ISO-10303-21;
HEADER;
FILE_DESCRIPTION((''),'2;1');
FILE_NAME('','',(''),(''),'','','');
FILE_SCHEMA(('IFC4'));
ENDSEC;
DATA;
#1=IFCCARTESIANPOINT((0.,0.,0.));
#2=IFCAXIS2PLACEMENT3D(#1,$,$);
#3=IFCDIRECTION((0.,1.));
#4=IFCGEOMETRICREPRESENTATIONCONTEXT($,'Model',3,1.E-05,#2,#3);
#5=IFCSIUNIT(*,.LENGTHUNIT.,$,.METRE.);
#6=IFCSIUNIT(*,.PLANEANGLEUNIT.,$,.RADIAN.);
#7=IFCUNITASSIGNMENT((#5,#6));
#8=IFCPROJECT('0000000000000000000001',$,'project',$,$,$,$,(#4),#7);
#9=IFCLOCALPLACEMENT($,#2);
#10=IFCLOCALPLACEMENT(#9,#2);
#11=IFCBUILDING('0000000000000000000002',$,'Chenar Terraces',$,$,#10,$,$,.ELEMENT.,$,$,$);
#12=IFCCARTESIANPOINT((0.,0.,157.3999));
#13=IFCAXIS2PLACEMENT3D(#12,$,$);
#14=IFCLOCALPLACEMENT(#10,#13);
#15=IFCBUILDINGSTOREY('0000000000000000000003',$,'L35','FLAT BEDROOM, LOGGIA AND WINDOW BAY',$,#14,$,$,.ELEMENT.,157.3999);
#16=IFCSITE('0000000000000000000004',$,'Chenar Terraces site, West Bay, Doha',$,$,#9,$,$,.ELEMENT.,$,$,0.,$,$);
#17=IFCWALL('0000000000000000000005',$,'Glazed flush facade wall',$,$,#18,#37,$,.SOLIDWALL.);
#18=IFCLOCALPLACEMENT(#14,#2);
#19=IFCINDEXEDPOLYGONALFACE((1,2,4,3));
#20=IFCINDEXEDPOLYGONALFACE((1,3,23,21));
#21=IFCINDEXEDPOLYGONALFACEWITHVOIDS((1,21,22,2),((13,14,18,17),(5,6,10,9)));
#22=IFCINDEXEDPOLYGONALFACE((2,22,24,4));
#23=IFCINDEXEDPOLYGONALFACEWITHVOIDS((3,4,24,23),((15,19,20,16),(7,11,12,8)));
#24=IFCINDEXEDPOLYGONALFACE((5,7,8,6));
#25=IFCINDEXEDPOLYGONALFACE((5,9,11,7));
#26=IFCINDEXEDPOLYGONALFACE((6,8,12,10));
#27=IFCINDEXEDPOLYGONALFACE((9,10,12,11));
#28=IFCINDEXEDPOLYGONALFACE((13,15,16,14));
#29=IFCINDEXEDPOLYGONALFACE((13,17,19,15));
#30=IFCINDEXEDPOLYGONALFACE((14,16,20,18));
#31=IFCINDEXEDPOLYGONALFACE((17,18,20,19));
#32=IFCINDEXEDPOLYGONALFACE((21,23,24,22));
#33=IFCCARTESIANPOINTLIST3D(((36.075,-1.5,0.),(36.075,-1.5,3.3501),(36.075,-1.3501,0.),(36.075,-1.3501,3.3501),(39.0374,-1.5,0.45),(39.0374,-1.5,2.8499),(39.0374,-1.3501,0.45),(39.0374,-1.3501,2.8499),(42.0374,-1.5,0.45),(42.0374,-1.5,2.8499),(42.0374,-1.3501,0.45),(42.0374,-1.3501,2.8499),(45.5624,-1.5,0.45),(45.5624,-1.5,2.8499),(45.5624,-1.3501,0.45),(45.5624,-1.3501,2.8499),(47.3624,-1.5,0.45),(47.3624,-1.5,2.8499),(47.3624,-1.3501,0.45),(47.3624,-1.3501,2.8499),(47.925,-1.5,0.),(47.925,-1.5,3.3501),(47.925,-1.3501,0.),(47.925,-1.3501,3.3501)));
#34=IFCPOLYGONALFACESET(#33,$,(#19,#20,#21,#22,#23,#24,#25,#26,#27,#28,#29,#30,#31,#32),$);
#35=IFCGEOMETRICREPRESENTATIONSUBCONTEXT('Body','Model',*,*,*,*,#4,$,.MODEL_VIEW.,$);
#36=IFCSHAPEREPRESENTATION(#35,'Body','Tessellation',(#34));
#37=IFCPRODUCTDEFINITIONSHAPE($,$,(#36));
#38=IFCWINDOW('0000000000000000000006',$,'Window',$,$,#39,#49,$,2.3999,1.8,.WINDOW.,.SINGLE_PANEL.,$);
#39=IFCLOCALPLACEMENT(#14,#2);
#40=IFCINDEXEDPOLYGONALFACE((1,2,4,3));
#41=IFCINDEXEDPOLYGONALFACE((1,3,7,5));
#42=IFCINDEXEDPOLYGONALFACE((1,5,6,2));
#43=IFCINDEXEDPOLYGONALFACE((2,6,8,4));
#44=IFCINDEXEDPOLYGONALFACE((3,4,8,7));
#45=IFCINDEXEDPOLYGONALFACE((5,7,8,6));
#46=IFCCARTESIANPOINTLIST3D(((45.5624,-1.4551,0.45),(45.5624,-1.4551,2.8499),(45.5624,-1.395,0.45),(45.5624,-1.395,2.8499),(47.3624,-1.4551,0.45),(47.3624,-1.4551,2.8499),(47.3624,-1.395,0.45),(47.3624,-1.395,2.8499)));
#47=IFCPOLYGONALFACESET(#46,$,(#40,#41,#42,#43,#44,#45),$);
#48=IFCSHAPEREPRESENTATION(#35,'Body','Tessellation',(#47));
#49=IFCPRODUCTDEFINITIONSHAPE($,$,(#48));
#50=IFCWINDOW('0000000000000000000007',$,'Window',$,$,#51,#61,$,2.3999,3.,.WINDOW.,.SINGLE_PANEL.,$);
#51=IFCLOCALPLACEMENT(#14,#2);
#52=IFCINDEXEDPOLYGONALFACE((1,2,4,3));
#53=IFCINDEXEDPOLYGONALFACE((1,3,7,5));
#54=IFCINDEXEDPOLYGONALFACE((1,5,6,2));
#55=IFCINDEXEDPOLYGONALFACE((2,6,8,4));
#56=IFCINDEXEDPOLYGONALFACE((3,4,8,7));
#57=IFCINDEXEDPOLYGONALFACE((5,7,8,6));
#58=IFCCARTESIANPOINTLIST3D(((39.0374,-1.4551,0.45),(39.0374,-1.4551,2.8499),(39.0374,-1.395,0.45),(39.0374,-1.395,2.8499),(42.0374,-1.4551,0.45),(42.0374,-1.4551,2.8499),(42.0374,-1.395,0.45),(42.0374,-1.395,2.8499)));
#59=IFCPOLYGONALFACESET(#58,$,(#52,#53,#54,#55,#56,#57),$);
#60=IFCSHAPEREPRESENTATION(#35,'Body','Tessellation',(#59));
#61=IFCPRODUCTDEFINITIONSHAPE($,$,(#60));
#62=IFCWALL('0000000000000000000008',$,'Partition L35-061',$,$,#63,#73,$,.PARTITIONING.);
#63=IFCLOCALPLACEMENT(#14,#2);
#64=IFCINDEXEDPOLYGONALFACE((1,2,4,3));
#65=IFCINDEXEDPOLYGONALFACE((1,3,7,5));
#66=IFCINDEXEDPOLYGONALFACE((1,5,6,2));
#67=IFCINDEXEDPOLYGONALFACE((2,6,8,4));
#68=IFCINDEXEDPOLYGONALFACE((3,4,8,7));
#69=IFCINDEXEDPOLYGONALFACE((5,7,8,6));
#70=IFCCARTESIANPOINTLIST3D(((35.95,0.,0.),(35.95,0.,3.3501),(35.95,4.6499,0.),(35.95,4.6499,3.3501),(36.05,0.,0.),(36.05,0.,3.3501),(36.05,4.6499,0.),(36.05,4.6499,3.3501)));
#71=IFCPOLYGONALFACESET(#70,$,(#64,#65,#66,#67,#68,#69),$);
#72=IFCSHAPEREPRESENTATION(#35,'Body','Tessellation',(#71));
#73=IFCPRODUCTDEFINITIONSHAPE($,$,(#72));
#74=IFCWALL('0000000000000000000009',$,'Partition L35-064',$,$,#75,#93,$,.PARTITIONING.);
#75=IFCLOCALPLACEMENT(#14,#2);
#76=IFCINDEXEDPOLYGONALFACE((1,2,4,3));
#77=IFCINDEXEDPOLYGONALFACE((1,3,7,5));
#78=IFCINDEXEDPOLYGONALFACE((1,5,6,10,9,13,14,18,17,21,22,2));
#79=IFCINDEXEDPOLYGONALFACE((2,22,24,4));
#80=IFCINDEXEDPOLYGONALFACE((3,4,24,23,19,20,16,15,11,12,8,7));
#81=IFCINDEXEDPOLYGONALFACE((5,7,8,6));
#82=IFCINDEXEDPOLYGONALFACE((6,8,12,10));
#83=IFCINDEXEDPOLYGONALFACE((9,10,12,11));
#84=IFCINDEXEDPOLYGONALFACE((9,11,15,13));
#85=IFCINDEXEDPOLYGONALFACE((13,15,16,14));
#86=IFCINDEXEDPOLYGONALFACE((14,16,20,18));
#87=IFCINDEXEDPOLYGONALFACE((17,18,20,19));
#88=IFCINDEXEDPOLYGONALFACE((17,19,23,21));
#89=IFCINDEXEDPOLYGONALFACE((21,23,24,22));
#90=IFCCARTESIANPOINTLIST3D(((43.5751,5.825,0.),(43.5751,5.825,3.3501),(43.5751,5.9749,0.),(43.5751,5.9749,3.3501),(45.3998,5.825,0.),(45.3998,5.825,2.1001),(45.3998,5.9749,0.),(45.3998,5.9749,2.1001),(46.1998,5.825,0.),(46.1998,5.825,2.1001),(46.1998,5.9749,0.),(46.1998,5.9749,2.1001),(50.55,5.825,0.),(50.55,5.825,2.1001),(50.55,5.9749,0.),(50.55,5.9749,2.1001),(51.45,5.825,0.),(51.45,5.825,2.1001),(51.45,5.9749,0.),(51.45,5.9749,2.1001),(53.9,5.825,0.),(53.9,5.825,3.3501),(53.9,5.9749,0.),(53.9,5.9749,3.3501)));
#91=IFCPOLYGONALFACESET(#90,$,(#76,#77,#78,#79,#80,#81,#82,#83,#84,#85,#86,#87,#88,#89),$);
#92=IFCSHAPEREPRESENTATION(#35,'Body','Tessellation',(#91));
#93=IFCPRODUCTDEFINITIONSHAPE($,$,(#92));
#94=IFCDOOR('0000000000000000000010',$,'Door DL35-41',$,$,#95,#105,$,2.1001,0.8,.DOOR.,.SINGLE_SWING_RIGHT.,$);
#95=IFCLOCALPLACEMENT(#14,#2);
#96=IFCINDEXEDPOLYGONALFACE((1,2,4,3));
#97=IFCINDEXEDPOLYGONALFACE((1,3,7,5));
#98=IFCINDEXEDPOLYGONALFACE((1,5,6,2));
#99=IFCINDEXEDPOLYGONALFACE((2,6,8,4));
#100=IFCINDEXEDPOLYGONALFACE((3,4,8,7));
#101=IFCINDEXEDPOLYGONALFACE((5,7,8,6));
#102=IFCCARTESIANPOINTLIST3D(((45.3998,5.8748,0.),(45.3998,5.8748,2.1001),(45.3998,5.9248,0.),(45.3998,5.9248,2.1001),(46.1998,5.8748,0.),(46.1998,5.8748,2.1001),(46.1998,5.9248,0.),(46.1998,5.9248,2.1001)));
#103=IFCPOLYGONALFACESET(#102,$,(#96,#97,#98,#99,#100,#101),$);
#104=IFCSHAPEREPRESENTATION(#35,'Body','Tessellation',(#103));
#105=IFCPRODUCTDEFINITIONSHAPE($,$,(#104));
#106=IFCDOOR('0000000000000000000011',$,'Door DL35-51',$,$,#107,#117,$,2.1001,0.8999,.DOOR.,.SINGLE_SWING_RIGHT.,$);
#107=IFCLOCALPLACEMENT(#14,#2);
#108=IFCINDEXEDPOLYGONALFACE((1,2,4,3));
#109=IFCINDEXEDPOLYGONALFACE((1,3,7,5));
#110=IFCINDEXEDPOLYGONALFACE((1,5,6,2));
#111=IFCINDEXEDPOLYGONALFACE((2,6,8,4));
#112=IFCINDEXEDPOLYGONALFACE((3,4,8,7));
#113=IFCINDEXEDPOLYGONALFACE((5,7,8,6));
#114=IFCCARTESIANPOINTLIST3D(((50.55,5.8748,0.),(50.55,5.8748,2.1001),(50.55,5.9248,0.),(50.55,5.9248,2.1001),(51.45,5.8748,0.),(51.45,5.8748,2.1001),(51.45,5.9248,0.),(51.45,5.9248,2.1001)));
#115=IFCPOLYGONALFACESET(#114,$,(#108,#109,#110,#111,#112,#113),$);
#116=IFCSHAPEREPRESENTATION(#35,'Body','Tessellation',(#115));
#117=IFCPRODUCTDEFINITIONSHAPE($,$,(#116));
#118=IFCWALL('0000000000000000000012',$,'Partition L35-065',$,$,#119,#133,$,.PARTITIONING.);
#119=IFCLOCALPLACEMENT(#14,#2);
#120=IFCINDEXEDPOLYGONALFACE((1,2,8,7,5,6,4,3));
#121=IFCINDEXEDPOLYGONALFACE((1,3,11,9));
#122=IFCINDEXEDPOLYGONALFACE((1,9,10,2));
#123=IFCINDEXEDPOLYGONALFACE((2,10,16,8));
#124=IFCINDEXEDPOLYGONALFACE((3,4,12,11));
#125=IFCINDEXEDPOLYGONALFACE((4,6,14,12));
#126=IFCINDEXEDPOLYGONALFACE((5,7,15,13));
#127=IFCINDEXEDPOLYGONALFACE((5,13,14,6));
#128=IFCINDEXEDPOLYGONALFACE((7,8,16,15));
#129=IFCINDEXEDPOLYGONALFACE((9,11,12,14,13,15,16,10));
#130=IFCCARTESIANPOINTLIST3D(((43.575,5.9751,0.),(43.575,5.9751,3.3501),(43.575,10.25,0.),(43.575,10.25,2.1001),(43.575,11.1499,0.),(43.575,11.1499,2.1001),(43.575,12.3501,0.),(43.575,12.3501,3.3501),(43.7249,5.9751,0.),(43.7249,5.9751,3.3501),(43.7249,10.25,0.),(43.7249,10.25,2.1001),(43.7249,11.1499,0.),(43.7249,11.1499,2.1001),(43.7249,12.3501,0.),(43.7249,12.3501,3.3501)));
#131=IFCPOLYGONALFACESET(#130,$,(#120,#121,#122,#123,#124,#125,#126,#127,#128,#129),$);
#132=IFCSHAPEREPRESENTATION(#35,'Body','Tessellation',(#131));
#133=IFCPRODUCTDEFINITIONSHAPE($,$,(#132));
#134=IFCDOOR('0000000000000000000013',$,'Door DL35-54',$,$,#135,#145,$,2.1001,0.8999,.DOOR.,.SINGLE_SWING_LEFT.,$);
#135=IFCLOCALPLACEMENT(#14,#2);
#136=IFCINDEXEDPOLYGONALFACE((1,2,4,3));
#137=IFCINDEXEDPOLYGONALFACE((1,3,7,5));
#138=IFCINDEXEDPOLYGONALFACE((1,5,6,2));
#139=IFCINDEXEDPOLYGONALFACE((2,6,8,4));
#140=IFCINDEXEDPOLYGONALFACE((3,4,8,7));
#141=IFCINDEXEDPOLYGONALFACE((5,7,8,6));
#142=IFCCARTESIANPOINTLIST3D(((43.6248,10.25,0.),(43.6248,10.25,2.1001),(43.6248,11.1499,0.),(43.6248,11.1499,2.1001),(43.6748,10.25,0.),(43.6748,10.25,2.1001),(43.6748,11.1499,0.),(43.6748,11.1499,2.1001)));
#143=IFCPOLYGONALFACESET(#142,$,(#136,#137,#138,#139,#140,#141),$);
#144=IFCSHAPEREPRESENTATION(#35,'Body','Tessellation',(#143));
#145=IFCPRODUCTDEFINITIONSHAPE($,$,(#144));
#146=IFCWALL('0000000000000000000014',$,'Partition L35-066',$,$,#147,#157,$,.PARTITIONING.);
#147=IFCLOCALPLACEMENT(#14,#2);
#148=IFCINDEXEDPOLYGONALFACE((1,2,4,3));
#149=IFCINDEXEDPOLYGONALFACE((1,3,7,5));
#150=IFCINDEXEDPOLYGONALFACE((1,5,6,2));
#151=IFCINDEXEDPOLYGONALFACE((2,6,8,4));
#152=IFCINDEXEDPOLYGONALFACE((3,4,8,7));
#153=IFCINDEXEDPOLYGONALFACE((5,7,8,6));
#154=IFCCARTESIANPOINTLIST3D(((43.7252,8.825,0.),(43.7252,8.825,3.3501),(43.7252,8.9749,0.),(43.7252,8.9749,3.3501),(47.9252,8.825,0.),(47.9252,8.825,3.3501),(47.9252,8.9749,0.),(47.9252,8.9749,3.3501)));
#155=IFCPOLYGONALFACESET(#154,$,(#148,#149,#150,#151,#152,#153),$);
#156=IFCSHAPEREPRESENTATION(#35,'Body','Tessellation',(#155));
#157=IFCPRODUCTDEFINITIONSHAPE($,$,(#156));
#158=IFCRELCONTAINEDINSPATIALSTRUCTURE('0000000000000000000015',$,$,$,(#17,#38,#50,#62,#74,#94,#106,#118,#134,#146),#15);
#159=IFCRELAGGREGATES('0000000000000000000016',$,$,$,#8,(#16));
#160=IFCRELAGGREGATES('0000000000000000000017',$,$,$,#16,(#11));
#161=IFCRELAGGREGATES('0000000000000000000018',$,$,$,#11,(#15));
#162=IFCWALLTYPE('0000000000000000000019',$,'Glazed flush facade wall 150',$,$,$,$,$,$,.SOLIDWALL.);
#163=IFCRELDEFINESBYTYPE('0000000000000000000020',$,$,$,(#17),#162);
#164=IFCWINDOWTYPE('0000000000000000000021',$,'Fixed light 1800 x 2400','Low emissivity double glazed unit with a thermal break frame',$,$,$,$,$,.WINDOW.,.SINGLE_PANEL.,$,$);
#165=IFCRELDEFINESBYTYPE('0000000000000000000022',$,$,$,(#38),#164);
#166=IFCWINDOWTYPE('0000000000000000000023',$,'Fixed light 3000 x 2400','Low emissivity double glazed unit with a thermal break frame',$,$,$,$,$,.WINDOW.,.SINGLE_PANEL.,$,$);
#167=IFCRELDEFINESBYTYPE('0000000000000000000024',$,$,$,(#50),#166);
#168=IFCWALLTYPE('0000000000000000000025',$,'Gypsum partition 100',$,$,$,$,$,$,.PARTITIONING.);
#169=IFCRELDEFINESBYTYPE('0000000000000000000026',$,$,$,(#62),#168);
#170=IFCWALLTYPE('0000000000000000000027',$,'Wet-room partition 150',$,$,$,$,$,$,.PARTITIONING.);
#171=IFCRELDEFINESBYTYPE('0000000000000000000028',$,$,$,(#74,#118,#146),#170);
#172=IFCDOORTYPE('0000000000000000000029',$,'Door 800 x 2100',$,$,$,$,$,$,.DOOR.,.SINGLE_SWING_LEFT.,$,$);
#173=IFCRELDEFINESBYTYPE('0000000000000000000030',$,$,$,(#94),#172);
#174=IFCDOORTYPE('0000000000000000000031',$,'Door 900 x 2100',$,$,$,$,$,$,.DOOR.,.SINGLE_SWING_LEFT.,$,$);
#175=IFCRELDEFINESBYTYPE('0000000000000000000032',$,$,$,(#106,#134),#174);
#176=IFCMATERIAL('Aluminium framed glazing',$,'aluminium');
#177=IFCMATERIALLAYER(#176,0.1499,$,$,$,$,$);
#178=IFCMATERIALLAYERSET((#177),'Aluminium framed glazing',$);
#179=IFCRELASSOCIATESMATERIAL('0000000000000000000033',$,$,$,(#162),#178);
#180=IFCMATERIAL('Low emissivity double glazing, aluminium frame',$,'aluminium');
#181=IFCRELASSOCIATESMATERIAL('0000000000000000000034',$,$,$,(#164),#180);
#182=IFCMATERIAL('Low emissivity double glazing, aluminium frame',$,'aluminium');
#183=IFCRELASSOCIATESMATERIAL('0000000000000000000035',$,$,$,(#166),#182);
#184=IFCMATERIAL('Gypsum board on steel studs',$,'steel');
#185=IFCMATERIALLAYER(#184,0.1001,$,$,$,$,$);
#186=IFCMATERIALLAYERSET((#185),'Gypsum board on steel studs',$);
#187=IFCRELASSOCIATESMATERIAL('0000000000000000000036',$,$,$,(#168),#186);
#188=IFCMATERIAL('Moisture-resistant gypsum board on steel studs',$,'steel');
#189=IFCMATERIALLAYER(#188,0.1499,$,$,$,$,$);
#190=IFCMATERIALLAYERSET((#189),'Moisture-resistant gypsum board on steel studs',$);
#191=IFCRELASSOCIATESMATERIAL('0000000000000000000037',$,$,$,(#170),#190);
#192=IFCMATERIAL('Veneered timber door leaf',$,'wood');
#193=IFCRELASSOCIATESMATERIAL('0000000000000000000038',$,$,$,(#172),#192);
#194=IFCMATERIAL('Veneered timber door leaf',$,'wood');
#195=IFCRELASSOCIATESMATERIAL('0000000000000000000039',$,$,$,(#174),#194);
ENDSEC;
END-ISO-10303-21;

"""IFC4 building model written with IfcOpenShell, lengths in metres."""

from ifc_helpers import new_model, si_unit, direction, frame, frame_2d, origin, place, context, subcontext, project, spatial, rectangle, extrude, material, layer, layer_set, type_object, element, fill, save


model = new_model("IFC4")

# Units and contexts
model_context = context("Model", 3, precision=1e-05, world=origin(), true_north=direction((0.0, 1.0)))
body_context = subcontext(model_context, "Body", "Model", "MODEL_VIEW")
ifc_project = project(units=[si_unit("LENGTHUNIT", "METRE"), si_unit("PLANEANGLEUNIT", "RADIAN")], contexts=[model_context])

# Site, building, storey
site_placement = place(None, origin())
site = spatial("IfcSite", under=ifc_project, at=site_placement, Name="Chenar Terraces site, West Bay, Doha", CompositionType="ELEMENT", RefElevation=0.0)
building_placement = place(site_placement, origin())
building = spatial("IfcBuilding", under=site, at=building_placement, Name="Chenar Terraces", CompositionType="ELEMENT")
storey_placement = place(building_placement, frame((0.0, 0.0, 157.3999)))
storey = spatial("IfcBuildingStorey", under=building, at=storey_placement, Name="L35", Description="FLAT BEDROOM, LOGGIA AND WINDOW BAY", CompositionType="ELEMENT", Elevation=157.3999)

# Wall, openings, windows
ifc_material_1 = material(Name="Aluminium framed glazing", Category="aluminium")
ifc_layer_1 = layer(ifc_material_1, 0.1499)
ifc_layer_set_1 = layer_set([ifc_layer_1], Name="Aluminium framed glazing")
wall_type_1 = type_object("IfcWallType", Name="Glazed flush facade wall 150", PredefinedType="SOLIDWALL", material=ifc_layer_set_1)
wall_1_placement = place(storey_placement, frame((36.075, -1.425, 0.0), z_axis=(0.0, 0.0, 1.0), x_axis=(1.0, 0.0, 0.0)))
wall_1 = element("IfcWall", 1, at=wall_1_placement, inside=storey, type_object=wall_type_1, Name="Glazed flush facade wall", PredefinedType="SOLIDWALL", context=body_context, shape_type="SweptSolid", body=[
    extrude(rectangle(XDim=11.8501, YDim=0.1499, at=frame_2d((5.925, 0.0))), origin(), (0.0, 0.0, 1.0), 3.3501),
])
opening_1_placement = place(wall_1_placement, frame((2.9624, 0.0, 0.45)))
opening_1 = element("IfcOpeningElement", 2, at=opening_1_placement, cuts=wall_1, PredefinedType="OPENING", context=body_context, shape_type="SweptSolid", body=[
    extrude(rectangle(XDim=3.0, YDim=2.3999, at=frame_2d((1.5, 1.2))), frame((0.0, 0.085, 0.0), z_axis=(0.0, -1.0, 0.0), x_axis=(1.0, 0.0, 0.0)), (0.0, 0.0, 1.0), 0.1699),
])
opening_2_placement = place(wall_1_placement, frame((9.4875, 0.0, 0.45)))
opening_2 = element("IfcOpeningElement", 3, at=opening_2_placement, cuts=wall_1, PredefinedType="OPENING", context=body_context, shape_type="SweptSolid", body=[
    extrude(rectangle(XDim=1.8, YDim=2.3999, at=frame_2d((0.8999, 1.2))), frame((0.0, 0.085, 0.0), z_axis=(0.0, -1.0, 0.0), x_axis=(1.0, 0.0, 0.0)), (0.0, 0.0, 1.0), 0.1699),
])
ifc_material_2 = material(Name="Low emissivity double glazing, aluminium frame", Category="aluminium")
window_type_1 = type_object("IfcWindowType", Name="Fixed light 1800 x 2400", Description="Low emissivity double glazed unit with a thermal break frame", PartitioningType="SINGLE_PANEL", PredefinedType="WINDOW", material=ifc_material_2)
window_1_placement = place(opening_2_placement, origin())
window_1 = element("IfcWindow", 4, at=window_1_placement, inside=storey, type_object=window_type_1, Name="Window", OverallHeight=2.3999, OverallWidth=1.8, PartitioningType="SINGLE_PANEL", PredefinedType="WINDOW", context=body_context, shape_type="SweptSolid", body=[
    extrude(rectangle(XDim=1.8, YDim=2.3999, at=frame_2d((0.8999, 1.2))), frame((0.0, 0.03, 0.0), z_axis=(0.0, -1.0, 0.0), x_axis=(1.0, 0.0, 0.0)), (0.0, 0.0, 1.0), 0.0601),
])
fill(opening_2, window_1)
ifc_material_3 = material(Name="Low emissivity double glazing, aluminium frame", Category="aluminium")
window_type_2 = type_object("IfcWindowType", Name="Fixed light 3000 x 2400", Description="Low emissivity double glazed unit with a thermal break frame", PartitioningType="SINGLE_PANEL", PredefinedType="WINDOW", material=ifc_material_3)
window_2_placement = place(opening_1_placement, origin())
window_2 = element("IfcWindow", 5, at=window_2_placement, inside=storey, type_object=window_type_2, Name="Window", OverallHeight=2.3999, OverallWidth=3.0, PartitioningType="SINGLE_PANEL", PredefinedType="WINDOW", context=body_context, shape_type="SweptSolid", body=[
    extrude(rectangle(XDim=3.0, YDim=2.3999, at=frame_2d((1.5, 1.2))), frame((0.0, 0.03, 0.0), z_axis=(0.0, -1.0, 0.0), x_axis=(1.0, 0.0, 0.0)), (0.0, 0.0, 1.0), 0.0601),
])
fill(opening_1, window_2)

# Wall
ifc_material_4 = material(Name="Gypsum board on steel studs", Category="steel")
ifc_layer_2 = layer(ifc_material_4, 0.1001)
ifc_layer_set_2 = layer_set([ifc_layer_2], Name="Gypsum board on steel studs")
wall_type_2 = type_object("IfcWallType", Name="Gypsum partition 100", PredefinedType="PARTITIONING", material=ifc_layer_set_2)
wall_2_placement = place(storey_placement, frame((36.0, 0.0, 0.0), z_axis=(0.0, 0.0, 1.0), x_axis=(0.0, 1.0, 0.0)))
element("IfcWall", 6, at=wall_2_placement, inside=storey, type_object=wall_type_2, Name="Partition L35-061", PredefinedType="PARTITIONING", context=body_context, shape_type="SweptSolid", body=[
    extrude(rectangle(XDim=4.6499, YDim=0.1001, at=frame_2d((2.325, 0.0))), origin(), (0.0, 0.0, 1.0), 3.3501),
])

# Wall, openings, doors
ifc_material_5 = material(Name="Moisture-resistant gypsum board on steel studs", Category="steel")
ifc_layer_3 = layer(ifc_material_5, 0.1499)
ifc_layer_set_3 = layer_set([ifc_layer_3], Name="Moisture-resistant gypsum board on steel studs")
wall_type_3 = type_object("IfcWallType", Name="Wet-room partition 150", PredefinedType="PARTITIONING", material=ifc_layer_set_3)
wall_3_placement = place(storey_placement, frame((43.575, 5.8999, 0.0), z_axis=(0.0, 0.0, 1.0), x_axis=(1.0, 0.0, 0.0)))
wall_3 = element("IfcWall", 7, at=wall_3_placement, inside=storey, type_object=wall_type_3, Name="Partition L35-064", PredefinedType="PARTITIONING", context=body_context, shape_type="SweptSolid", body=[
    extrude(rectangle(XDim=10.325, YDim=0.1499, at=frame_2d((5.1626, 0.0))), origin(), (0.0, 0.0, 1.0), 3.3501),
])
opening_3_placement = place(wall_3_placement, frame((1.825, 0.0, 0.0)))
opening_3 = element("IfcOpeningElement", 8, at=opening_3_placement, cuts=wall_3, PredefinedType="OPENING", context=body_context, shape_type="SweptSolid", body=[
    extrude(rectangle(XDim=0.8, YDim=2.1001, at=frame_2d((0.3999, 1.05))), frame((0.0, 0.085, 0.0), z_axis=(0.0, -1.0, 0.0), x_axis=(1.0, 0.0, 0.0)), (0.0, 0.0, 1.0), 0.1699),
])
opening_4_placement = place(wall_3_placement, frame((6.9751, 0.0, 0.0)))
opening_4 = element("IfcOpeningElement", 9, at=opening_4_placement, cuts=wall_3, PredefinedType="OPENING", context=body_context, shape_type="SweptSolid", body=[
    extrude(rectangle(XDim=0.8999, YDim=2.1001, at=frame_2d((0.45, 1.05))), frame((0.0, 0.085, 0.0), z_axis=(0.0, -1.0, 0.0), x_axis=(1.0, 0.0, 0.0)), (0.0, 0.0, 1.0), 0.1699),
])
ifc_material_6 = material(Name="Veneered timber door leaf", Category="wood")
door_type_1 = type_object("IfcDoorType", Name="Door 800 x 2100", OperationType="SINGLE_SWING_LEFT", PredefinedType="DOOR", material=ifc_material_6)
door_1_placement = place(opening_3_placement, origin())
door_1 = element("IfcDoor", 10, at=door_1_placement, inside=storey, type_object=door_type_1, Name="Door DL35-41", OperationType="SINGLE_SWING_RIGHT", OverallHeight=2.1001, OverallWidth=0.8, PredefinedType="DOOR", context=body_context, shape_type="SweptSolid", body=[
    extrude(rectangle(XDim=0.8, YDim=2.1001, at=frame_2d((0.3999, 1.05))), frame((0.0, 0.0249, 0.0), z_axis=(0.0, -1.0, 0.0), x_axis=(1.0, 0.0, 0.0)), (0.0, 0.0, 1.0), 0.05),
])
fill(opening_3, door_1)
ifc_material_7 = material(Name="Veneered timber door leaf", Category="wood")
door_type_2 = type_object("IfcDoorType", Name="Door 900 x 2100", OperationType="SINGLE_SWING_LEFT", PredefinedType="DOOR", material=ifc_material_7)
door_2_placement = place(opening_4_placement, origin())
door_2 = element("IfcDoor", 11, at=door_2_placement, inside=storey, type_object=door_type_2, Name="Door DL35-51", OperationType="SINGLE_SWING_RIGHT", OverallHeight=2.1001, OverallWidth=0.8999, PredefinedType="DOOR", context=body_context, shape_type="SweptSolid", body=[
    extrude(rectangle(XDim=0.8999, YDim=2.1001, at=frame_2d((0.45, 1.05))), frame((0.0, 0.0249, 0.0), z_axis=(0.0, -1.0, 0.0), x_axis=(1.0, 0.0, 0.0)), (0.0, 0.0, 1.0), 0.05),
])
fill(opening_4, door_2)

# Wall, opening, door
wall_4_placement = place(storey_placement, frame((43.6499, 5.9751, 0.0), z_axis=(0.0, 0.0, 1.0), x_axis=(0.0, 1.0, 0.0)))
wall_4 = element("IfcWall", 12, at=wall_4_placement, inside=storey, type_object=wall_type_3, Name="Partition L35-065", PredefinedType="PARTITIONING", context=body_context, shape_type="SweptSolid", body=[
    extrude(rectangle(XDim=6.375, YDim=0.1499, at=frame_2d((3.1875, 0.0))), origin(), (0.0, 0.0, 1.0), 3.3501),
])
opening_5_placement = place(wall_4_placement, frame((4.2749, 0.0, 0.0)))
opening_5 = element("IfcOpeningElement", 13, at=opening_5_placement, cuts=wall_4, PredefinedType="OPENING", context=body_context, shape_type="SweptSolid", body=[
    extrude(rectangle(XDim=0.8999, YDim=2.1001, at=frame_2d((0.45, 1.05))), frame((0.0, 0.085, 0.0), z_axis=(0.0, -1.0, 0.0), x_axis=(1.0, 0.0, 0.0)), (0.0, 0.0, 1.0), 0.1699),
])
door_3_placement = place(opening_5_placement, frame((0.8999, 0.0, 0.0), z_axis=(0.0, 0.0, 1.0), x_axis=(-1.0, 0.0, 0.0)))
door_3 = element("IfcDoor", 14, at=door_3_placement, inside=storey, type_object=door_type_2, Name="Door DL35-54", OperationType="SINGLE_SWING_LEFT", OverallHeight=2.1001, OverallWidth=0.8999, PredefinedType="DOOR", context=body_context, shape_type="SweptSolid", body=[
    extrude(rectangle(XDim=0.8999, YDim=2.1001, at=frame_2d((0.45, 1.05))), frame((0.0, 0.0249, 0.0), z_axis=(0.0, -1.0, 0.0), x_axis=(1.0, 0.0, 0.0)), (0.0, 0.0, 1.0), 0.05),
])
fill(opening_5, door_3)

# Wall
wall_5_placement = place(storey_placement, frame((43.7251, 8.8999, 0.0), z_axis=(0.0, 0.0, 1.0), x_axis=(1.0, 0.0, 0.0)))
element("IfcWall", 15, at=wall_5_placement, inside=storey, type_object=wall_type_3, Name="Partition L35-066", PredefinedType="PARTITIONING", context=body_context, shape_type="SweptSolid", body=[
    extrude(rectangle(XDim=4.2, YDim=0.1499, at=frame_2d((2.1001, 0.0))), origin(), (0.0, 0.0, 1.0), 3.3501),
])

save(model, "model.ifc")
